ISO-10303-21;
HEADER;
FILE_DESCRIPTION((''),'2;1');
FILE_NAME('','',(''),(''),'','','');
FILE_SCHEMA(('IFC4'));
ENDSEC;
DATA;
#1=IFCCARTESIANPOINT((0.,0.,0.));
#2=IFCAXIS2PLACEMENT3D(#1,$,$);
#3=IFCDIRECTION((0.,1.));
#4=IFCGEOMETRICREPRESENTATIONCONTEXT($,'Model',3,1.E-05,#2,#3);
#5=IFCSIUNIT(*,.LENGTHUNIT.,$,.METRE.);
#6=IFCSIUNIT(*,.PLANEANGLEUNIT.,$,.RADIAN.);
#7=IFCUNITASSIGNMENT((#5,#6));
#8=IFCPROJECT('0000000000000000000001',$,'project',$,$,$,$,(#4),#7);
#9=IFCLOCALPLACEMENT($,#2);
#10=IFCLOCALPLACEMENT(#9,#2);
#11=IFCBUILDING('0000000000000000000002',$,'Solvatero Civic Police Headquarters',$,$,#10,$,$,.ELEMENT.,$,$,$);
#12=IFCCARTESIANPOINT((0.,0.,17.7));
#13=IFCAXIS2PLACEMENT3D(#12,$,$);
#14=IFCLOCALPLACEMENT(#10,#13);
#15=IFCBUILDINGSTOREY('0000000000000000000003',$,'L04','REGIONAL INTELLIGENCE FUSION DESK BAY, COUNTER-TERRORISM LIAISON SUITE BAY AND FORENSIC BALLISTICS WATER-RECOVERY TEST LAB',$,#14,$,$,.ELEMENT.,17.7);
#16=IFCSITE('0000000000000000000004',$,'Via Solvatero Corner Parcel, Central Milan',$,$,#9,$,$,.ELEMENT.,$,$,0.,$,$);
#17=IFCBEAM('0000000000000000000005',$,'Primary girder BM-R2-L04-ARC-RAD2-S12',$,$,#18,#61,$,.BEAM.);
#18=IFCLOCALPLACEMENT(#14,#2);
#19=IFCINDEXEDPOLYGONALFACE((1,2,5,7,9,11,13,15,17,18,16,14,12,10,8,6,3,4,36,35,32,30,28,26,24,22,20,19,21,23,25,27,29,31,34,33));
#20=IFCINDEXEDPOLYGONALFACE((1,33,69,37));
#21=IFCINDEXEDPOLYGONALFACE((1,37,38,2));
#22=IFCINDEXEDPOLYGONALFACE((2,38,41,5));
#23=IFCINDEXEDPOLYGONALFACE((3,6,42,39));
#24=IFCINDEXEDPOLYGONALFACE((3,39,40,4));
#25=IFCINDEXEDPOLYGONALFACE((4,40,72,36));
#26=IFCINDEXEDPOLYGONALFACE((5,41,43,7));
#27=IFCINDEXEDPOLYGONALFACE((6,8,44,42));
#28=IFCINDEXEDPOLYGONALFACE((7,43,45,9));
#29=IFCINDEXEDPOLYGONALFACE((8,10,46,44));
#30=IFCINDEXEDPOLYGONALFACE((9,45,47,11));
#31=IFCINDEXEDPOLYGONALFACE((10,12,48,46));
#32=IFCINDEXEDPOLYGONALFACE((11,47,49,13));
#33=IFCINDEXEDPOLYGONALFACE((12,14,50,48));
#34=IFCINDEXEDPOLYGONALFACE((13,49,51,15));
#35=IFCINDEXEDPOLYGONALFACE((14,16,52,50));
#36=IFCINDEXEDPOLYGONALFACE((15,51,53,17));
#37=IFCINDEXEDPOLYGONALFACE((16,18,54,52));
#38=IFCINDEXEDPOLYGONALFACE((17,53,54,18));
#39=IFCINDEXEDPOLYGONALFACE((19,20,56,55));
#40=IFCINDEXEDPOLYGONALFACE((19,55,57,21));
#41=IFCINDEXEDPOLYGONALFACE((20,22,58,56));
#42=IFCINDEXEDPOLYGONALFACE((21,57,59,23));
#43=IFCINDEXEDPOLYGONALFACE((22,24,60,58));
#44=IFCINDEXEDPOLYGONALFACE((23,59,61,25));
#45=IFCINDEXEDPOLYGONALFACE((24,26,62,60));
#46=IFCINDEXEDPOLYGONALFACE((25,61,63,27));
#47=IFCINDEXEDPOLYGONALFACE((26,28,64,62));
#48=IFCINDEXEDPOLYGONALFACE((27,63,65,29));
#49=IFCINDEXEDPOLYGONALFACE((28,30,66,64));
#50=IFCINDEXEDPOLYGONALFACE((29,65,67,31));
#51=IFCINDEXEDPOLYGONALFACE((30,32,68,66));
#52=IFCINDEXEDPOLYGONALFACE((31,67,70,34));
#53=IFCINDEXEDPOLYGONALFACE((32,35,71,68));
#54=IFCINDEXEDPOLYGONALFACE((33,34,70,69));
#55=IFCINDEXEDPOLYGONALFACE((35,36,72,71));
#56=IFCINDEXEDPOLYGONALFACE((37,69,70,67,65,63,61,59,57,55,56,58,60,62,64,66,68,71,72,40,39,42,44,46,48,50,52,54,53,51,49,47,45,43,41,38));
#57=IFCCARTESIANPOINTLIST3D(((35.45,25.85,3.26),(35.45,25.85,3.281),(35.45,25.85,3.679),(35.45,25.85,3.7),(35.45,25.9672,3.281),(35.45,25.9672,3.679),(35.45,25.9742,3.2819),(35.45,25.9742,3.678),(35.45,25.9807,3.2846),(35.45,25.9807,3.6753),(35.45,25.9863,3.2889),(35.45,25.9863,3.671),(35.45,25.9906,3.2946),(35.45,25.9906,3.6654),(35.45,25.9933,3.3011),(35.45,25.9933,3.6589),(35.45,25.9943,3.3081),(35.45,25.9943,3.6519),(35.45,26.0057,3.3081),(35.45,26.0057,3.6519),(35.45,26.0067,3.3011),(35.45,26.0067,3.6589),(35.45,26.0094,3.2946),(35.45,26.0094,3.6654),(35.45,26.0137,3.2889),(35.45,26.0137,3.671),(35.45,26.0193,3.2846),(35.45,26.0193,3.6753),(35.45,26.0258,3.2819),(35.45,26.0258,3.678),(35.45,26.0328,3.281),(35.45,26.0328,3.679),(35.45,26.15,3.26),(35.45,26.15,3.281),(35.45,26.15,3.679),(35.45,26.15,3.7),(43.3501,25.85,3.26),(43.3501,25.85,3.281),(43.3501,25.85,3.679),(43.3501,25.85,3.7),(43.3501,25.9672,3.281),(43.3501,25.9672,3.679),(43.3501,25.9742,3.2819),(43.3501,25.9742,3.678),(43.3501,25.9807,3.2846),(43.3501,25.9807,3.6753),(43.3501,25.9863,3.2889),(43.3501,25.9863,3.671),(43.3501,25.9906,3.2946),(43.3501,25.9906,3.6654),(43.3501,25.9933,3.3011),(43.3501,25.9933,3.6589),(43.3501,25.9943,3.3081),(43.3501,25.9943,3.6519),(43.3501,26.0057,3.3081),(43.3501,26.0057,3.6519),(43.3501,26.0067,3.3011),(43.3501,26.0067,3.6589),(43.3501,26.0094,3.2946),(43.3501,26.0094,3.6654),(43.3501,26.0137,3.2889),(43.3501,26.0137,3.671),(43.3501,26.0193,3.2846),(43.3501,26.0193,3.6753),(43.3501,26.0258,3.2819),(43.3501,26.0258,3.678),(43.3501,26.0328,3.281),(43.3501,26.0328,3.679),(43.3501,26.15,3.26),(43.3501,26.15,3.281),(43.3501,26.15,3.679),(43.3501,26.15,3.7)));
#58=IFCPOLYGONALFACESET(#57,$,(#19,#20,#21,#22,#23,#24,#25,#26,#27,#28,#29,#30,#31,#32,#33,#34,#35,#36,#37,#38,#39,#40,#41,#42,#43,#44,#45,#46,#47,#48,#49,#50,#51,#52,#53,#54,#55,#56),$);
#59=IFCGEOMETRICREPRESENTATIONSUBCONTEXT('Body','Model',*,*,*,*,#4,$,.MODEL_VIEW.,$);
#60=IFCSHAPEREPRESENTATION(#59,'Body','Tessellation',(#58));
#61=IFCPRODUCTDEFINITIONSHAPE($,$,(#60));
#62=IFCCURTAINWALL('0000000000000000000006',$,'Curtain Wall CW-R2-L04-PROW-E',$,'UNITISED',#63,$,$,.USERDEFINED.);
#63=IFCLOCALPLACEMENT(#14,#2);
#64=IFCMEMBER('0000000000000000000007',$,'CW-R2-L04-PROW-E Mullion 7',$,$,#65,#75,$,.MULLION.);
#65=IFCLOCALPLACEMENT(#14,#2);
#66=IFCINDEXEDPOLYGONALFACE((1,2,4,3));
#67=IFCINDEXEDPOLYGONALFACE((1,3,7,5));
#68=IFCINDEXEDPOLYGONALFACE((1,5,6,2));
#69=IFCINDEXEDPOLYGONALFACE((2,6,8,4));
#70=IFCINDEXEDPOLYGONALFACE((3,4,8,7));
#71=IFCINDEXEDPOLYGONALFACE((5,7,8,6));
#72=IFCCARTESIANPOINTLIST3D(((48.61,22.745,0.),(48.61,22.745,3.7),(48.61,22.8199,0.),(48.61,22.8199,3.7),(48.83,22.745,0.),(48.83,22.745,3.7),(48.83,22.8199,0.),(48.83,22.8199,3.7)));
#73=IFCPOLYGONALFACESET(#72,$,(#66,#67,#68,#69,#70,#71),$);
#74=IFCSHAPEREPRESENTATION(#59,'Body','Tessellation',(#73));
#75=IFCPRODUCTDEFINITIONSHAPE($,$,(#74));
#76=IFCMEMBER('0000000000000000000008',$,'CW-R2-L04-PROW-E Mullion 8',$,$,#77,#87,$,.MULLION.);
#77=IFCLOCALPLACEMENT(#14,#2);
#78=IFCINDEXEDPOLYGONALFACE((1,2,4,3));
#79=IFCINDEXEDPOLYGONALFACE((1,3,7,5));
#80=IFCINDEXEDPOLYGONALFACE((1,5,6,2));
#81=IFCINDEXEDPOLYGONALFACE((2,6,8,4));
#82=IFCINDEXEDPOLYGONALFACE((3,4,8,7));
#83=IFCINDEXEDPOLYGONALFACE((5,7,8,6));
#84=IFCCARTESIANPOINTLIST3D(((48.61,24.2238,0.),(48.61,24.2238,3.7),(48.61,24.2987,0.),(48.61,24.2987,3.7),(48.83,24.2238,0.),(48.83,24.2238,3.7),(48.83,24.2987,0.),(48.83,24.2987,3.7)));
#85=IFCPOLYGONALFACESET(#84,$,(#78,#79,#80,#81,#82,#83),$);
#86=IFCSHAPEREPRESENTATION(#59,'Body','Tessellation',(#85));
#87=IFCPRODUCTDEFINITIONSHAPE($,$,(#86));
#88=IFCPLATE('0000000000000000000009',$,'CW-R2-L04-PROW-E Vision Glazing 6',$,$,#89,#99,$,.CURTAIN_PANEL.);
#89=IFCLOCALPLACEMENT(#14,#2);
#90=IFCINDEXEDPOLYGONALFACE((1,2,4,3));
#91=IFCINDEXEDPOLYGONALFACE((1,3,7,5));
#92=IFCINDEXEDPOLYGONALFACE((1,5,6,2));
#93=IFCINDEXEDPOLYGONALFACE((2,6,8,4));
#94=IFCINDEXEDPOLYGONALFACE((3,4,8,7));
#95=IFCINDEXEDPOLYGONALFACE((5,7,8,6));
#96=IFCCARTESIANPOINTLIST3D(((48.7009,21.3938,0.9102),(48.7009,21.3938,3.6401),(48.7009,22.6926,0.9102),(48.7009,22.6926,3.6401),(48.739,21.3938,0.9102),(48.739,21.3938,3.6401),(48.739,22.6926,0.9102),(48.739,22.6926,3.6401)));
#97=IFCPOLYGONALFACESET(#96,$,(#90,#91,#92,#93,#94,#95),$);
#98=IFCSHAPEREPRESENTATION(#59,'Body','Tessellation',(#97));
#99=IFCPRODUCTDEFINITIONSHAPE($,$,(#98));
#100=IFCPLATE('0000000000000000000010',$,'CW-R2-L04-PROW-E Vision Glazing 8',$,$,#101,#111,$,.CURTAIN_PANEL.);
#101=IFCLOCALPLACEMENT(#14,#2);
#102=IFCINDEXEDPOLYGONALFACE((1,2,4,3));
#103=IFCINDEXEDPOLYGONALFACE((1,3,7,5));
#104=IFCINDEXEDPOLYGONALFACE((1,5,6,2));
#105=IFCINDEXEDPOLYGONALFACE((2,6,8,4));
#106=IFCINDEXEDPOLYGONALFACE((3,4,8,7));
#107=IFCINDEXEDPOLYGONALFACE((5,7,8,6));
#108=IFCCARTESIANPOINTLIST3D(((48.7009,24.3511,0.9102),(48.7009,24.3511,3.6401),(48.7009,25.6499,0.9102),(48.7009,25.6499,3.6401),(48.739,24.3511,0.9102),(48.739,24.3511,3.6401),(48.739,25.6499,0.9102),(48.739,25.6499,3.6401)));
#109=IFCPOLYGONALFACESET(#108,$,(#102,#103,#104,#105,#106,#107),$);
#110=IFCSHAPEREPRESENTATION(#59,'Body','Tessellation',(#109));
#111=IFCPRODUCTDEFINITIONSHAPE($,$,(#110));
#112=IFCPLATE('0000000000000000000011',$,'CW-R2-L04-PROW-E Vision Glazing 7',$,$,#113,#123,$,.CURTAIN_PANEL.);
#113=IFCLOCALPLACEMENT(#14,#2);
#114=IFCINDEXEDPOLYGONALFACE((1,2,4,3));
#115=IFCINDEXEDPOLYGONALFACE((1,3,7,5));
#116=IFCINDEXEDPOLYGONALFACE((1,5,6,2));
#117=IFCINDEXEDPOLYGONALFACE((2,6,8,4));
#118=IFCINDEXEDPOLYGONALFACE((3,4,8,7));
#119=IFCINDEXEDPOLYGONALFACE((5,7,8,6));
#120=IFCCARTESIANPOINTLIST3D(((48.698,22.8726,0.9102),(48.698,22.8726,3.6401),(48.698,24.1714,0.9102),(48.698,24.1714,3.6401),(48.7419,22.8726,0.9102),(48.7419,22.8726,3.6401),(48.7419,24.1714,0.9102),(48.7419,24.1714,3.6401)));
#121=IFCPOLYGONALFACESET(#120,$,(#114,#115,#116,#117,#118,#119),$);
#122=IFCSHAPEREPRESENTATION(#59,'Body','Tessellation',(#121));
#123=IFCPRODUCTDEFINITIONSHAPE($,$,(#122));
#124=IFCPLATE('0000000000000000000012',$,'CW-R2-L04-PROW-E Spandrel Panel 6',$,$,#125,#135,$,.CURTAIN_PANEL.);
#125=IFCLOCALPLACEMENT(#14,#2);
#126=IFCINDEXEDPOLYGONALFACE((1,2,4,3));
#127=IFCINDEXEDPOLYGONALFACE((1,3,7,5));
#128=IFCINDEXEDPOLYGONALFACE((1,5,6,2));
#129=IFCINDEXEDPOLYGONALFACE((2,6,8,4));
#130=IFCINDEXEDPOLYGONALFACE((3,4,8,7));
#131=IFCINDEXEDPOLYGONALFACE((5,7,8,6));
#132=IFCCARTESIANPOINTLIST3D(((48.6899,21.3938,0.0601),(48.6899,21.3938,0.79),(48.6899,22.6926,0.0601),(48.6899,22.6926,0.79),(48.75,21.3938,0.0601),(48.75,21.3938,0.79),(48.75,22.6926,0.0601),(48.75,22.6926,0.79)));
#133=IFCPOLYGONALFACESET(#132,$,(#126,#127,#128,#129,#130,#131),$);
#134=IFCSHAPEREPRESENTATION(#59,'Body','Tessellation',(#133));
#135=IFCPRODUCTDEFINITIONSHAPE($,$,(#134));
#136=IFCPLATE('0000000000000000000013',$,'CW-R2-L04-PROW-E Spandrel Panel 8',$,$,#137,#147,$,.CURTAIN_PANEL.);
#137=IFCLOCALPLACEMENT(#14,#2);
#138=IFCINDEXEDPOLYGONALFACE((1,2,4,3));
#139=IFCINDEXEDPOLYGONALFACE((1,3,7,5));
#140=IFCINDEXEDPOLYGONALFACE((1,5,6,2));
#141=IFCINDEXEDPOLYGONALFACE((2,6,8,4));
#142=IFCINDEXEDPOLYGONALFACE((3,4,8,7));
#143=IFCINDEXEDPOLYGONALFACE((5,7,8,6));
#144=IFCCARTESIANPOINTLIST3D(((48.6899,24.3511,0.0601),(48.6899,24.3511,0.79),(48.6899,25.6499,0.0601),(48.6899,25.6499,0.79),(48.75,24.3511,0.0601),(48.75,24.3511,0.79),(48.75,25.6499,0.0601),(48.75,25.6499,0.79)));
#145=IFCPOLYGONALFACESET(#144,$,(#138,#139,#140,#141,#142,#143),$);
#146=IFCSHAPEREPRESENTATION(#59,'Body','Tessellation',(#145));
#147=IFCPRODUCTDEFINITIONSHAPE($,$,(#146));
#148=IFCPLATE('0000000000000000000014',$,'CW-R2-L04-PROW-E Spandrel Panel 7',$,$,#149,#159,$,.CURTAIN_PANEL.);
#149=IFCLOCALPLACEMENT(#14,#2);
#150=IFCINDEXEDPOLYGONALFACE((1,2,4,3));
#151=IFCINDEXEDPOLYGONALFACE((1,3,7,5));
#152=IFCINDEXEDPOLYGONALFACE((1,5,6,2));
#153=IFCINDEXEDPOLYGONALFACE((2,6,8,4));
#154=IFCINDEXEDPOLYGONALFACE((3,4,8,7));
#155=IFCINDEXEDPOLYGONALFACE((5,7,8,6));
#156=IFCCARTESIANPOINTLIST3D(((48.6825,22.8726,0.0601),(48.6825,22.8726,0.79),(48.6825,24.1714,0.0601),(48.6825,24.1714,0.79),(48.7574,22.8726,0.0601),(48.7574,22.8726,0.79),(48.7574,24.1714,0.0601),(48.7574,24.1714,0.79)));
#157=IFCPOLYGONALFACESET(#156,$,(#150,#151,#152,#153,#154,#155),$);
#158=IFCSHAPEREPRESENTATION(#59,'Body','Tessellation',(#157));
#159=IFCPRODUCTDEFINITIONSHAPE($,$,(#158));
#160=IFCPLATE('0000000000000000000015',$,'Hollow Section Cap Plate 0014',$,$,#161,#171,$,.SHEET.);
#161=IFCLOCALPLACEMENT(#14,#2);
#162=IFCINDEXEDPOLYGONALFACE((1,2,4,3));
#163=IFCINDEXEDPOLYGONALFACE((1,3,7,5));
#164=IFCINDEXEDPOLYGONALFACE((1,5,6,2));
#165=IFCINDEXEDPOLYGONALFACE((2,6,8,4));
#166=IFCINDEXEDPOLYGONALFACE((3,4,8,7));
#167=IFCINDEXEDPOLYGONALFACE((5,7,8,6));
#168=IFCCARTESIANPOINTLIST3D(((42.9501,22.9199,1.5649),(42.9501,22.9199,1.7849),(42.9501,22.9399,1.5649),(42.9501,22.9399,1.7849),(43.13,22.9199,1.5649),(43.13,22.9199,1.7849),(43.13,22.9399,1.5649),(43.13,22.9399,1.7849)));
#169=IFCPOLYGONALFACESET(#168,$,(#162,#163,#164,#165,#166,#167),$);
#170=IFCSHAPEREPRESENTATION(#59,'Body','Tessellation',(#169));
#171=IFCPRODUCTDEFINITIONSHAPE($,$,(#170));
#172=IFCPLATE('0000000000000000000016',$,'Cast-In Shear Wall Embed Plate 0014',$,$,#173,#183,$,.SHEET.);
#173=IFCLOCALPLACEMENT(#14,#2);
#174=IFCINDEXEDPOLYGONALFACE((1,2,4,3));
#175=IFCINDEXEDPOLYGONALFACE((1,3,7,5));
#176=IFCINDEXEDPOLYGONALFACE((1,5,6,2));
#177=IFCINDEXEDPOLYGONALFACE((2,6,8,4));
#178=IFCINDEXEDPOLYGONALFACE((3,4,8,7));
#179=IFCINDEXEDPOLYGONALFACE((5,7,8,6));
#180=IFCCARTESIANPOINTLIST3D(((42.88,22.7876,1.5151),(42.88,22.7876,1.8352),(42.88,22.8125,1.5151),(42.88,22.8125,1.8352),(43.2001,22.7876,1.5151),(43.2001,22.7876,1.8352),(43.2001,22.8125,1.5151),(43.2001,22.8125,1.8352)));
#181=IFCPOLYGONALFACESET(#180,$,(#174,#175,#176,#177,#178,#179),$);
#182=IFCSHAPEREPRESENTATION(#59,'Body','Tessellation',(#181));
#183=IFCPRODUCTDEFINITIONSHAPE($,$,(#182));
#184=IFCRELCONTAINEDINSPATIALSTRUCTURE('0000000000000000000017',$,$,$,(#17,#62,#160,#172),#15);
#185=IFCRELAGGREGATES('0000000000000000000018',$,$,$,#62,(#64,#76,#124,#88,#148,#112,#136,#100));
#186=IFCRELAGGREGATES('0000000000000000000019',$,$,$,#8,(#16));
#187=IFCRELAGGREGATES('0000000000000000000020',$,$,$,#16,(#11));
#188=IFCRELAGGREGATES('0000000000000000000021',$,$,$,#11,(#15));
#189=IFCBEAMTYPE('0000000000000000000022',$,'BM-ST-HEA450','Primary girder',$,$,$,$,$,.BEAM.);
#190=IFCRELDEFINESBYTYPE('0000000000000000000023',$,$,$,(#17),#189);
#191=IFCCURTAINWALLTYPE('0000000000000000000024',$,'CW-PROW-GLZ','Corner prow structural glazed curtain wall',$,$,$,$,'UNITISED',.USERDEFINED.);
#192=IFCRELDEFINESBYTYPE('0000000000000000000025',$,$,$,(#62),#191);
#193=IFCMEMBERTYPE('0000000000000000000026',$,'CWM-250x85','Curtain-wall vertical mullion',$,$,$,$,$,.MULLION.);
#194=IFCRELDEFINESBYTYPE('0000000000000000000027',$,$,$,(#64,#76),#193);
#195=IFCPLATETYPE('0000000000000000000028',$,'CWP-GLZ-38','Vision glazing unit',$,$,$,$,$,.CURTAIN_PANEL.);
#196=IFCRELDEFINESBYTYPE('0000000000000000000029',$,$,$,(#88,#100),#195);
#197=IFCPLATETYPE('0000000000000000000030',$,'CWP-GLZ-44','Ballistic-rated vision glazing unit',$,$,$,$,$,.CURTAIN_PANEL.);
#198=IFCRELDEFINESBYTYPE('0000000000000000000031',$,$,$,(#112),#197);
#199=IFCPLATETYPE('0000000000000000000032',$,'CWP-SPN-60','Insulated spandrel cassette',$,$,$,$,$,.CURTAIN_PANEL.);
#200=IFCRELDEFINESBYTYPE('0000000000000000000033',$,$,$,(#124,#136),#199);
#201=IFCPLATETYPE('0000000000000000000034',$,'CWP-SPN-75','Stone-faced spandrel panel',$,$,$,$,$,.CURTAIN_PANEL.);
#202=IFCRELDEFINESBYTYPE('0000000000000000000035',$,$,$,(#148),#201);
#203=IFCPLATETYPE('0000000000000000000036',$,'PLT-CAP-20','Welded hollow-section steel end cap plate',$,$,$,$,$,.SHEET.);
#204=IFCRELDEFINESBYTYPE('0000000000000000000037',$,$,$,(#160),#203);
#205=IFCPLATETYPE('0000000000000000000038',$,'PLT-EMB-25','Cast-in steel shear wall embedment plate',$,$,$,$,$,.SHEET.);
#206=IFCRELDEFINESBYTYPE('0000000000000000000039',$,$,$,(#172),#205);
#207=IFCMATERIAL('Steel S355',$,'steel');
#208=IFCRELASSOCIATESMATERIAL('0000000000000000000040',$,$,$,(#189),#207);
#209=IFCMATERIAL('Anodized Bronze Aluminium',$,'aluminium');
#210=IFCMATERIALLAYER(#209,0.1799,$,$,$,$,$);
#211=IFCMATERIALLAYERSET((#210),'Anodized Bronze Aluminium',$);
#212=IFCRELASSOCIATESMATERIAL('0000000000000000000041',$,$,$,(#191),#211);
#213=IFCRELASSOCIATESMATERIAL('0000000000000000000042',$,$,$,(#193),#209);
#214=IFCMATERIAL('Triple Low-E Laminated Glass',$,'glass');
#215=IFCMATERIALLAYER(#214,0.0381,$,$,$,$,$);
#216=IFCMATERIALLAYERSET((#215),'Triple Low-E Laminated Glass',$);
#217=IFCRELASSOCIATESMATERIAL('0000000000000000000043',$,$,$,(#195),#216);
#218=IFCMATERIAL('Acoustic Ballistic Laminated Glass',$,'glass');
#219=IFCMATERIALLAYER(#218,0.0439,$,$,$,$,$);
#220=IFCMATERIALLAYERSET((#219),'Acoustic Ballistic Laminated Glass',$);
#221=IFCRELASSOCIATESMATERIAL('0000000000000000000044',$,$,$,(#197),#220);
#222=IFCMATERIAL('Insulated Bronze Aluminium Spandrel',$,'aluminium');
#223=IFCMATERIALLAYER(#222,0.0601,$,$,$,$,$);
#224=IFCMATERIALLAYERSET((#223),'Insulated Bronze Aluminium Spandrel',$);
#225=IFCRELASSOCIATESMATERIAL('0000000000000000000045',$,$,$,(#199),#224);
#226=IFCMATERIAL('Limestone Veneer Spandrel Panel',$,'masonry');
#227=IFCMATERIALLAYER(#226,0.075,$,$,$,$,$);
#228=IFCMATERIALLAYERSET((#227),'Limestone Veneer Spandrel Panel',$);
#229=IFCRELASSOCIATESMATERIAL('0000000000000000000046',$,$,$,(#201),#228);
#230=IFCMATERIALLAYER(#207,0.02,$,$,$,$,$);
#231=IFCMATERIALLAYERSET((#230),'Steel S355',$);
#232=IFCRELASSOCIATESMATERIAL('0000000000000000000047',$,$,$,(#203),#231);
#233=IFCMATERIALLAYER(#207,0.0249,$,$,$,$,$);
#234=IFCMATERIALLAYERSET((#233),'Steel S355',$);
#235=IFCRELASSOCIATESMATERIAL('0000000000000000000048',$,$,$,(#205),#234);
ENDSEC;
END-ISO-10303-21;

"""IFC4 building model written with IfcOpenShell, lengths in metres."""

from ifc_helpers import new_model, si_unit, direction, frame, origin, origin_2d, place, context, subcontext, project, spatial, rectangle, i_section, extrude, material, layer, layer_set, material_profile, profile_set, type_object, element, aggregate, save


model = new_model("IFC4")

# Units and contexts
model_context = context("Model", 3, precision=1e-05, world=origin(), true_north=direction((0.0, 1.0)))
body_context = subcontext(model_context, "Body", "Model", "MODEL_VIEW")
ifc_project = project(units=[si_unit("LENGTHUNIT", "METRE"), si_unit("PLANEANGLEUNIT", "RADIAN")], contexts=[model_context])

# Site, building, storey
site_placement = place(None, origin())
site = spatial("IfcSite", under=ifc_project, at=site_placement, Name="Via Solvatero Corner Parcel, Central Milan", CompositionType="ELEMENT", RefElevation=0.0)
building_placement = place(site_placement, origin())
building = spatial("IfcBuilding", under=site, at=building_placement, Name="Solvatero Civic Police Headquarters", CompositionType="ELEMENT")
storey_placement = place(building_placement, frame((0.0, 0.0, 17.7)))
storey = spatial("IfcBuildingStorey", under=building, at=storey_placement, Name="L04", Description="REGIONAL INTELLIGENCE FUSION DESK BAY, COUNTER-TERRORISM LIAISON SUITE BAY AND FORENSIC BALLISTICS WATER-RECOVERY TEST LAB", CompositionType="ELEMENT", Elevation=17.7)

# Shared definitions
ifc_material_1 = material(Name="Steel S355", Category="steel")

# Beam
ifc_material_profile_1 = material_profile(ifc_material_1, i_section(OverallWidth=0.3, OverallDepth=0.4399, WebThickness=0.0115, FlangeThickness=0.021, FilletRadius=0.0271, at=origin_2d()), Name="HEA 450")
ifc_profile_set_1 = profile_set([ifc_material_profile_1], Name="Steel S355")
beam_type_1 = type_object("IfcBeamType", Name="BM-ST-HEA450", Description="Primary girder", PredefinedType="BEAM", material=ifc_profile_set_1)
beam_1_placement = place(storey_placement, frame((43.3501, 26.0, 3.48), z_axis=(-1.0, 0.0, 0.0), x_axis=(0.0, -1.0, 0.0)))
element("IfcBeam", 1, at=beam_1_placement, inside=storey, type_object=beam_type_1, Name="Primary girder BM-R2-L04-ARC-RAD2-S12", PredefinedType="BEAM", context=body_context, shape_type="SweptSolid", body=[
    extrude(i_section(OverallWidth=0.3, OverallDepth=0.4399, WebThickness=0.0115, FlangeThickness=0.021, FilletRadius=0.0271, at=origin_2d()), origin(), (0.0, 0.0, 1.0), 7.9001),
])

# Curtain wall, members, plates
ifc_material_2 = material(Name="Anodized Bronze Aluminium", Category="aluminium")
ifc_layer_1 = layer(ifc_material_2, 0.1799)
ifc_layer_set_1 = layer_set([ifc_layer_1], Name="Anodized Bronze Aluminium")
curtain_wall_type = type_object("IfcCurtainWallType", Name="CW-PROW-GLZ", Description="Corner prow structural glazed curtain wall", ElementType="UNITISED", PredefinedType="USERDEFINED", material=ifc_layer_set_1)
curtain_wall_placement = place(storey_placement, origin())
curtain_wall = element("IfcCurtainWall", 2, at=curtain_wall_placement, inside=storey, type_object=curtain_wall_type, Name="Curtain Wall CW-R2-L04-PROW-E", ObjectType="UNITISED", PredefinedType="USERDEFINED")
ifc_material_profile_2 = material_profile(ifc_material_2, rectangle(XDim=0.075, YDim=0.22, at=origin_2d()), Name="ALU MULLION 75x220")
ifc_profile_set_2 = profile_set([ifc_material_profile_2], Name="Anodized Bronze Aluminium")
member_type = type_object("IfcMemberType", Name="CWM-250x85", Description="Curtain-wall vertical mullion", PredefinedType="MULLION", material=ifc_profile_set_2)
member_1_placement = place(storey_placement, frame((48.72, 22.7825, 0.0), z_axis=(0.0, 0.0, 1.0), x_axis=(0.0, 1.0, 0.0)))
member_1 = element("IfcMember", 3, at=member_1_placement, type_object=member_type, Name="CW-R2-L04-PROW-E Mullion 7", PredefinedType="MULLION", context=body_context, shape_type="SweptSolid", body=[
    extrude(rectangle(XDim=0.075, YDim=0.22, at=origin_2d()), origin(), (0.0, 0.0, 1.0), 3.7),
])
member_2_placement = place(storey_placement, frame((48.72, 24.2612, 0.0), z_axis=(0.0, 0.0, 1.0), x_axis=(0.0, 1.0, 0.0)))
member_2 = element("IfcMember", 4, at=member_2_placement, type_object=member_type, Name="CW-R2-L04-PROW-E Mullion 8", PredefinedType="MULLION", context=body_context, shape_type="SweptSolid", body=[
    extrude(rectangle(XDim=0.075, YDim=0.22, at=origin_2d()), origin(), (0.0, 0.0, 1.0), 3.7),
])
ifc_material_3 = material(Name="Triple Low-E Laminated Glass", Category="glass")
ifc_layer_2 = layer(ifc_material_3, 0.0381)
ifc_layer_set_2 = layer_set([ifc_layer_2], Name="Triple Low-E Laminated Glass")
plate_type_1 = type_object("IfcPlateType", Name="CWP-GLZ-38", Description="Vision glazing unit", PredefinedType="CURTAIN_PANEL", material=ifc_layer_set_2)
plate_1_placement = place(storey_placement, frame((48.72, 22.0432, 0.9102), z_axis=(0.0, 0.0, 1.0), x_axis=(0.0, 1.0, 0.0)))
plate_1 = element("IfcPlate", 5, at=plate_1_placement, type_object=plate_type_1, Name="CW-R2-L04-PROW-E Vision Glazing 6", PredefinedType="CURTAIN_PANEL", context=body_context, shape_type="SweptSolid", body=[
    extrude(rectangle(XDim=1.2988, YDim=0.0381, at=origin_2d()), origin(), (0.0, 0.0, 1.0), 2.73),
])
plate_2_placement = place(storey_placement, frame((48.72, 25.0005, 0.9102), z_axis=(0.0, 0.0, 1.0), x_axis=(0.0, 1.0, 0.0)))
plate_2 = element("IfcPlate", 6, at=plate_2_placement, type_object=plate_type_1, Name="CW-R2-L04-PROW-E Vision Glazing 8", PredefinedType="CURTAIN_PANEL", context=body_context, shape_type="SweptSolid", body=[
    extrude(rectangle(XDim=1.2988, YDim=0.0381, at=origin_2d()), origin(), (0.0, 0.0, 1.0), 2.73),
])
ifc_material_4 = material(Name="Acoustic Ballistic Laminated Glass", Category="glass")
ifc_layer_3 = layer(ifc_material_4, 0.0439)
ifc_layer_set_3 = layer_set([ifc_layer_3], Name="Acoustic Ballistic Laminated Glass")
plate_type_2 = type_object("IfcPlateType", Name="CWP-GLZ-44", Description="Ballistic-rated vision glazing unit", PredefinedType="CURTAIN_PANEL", material=ifc_layer_set_3)
plate_3_placement = place(storey_placement, frame((48.72, 23.522, 0.9102), z_axis=(0.0, 0.0, 1.0), x_axis=(0.0, 1.0, 0.0)))
plate_3 = element("IfcPlate", 7, at=plate_3_placement, type_object=plate_type_2, Name="CW-R2-L04-PROW-E Vision Glazing 7", PredefinedType="CURTAIN_PANEL", context=body_context, shape_type="SweptSolid", body=[
    extrude(rectangle(XDim=1.2988, YDim=0.0439, at=origin_2d()), origin(), (0.0, 0.0, 1.0), 2.73),
])
ifc_material_5 = material(Name="Insulated Bronze Aluminium Spandrel", Category="aluminium")
ifc_layer_4 = layer(ifc_material_5, 0.0601)
ifc_layer_set_4 = layer_set([ifc_layer_4], Name="Insulated Bronze Aluminium Spandrel")
plate_type_3 = type_object("IfcPlateType", Name="CWP-SPN-60", Description="Insulated spandrel cassette", PredefinedType="CURTAIN_PANEL", material=ifc_layer_set_4)
plate_4_placement = place(storey_placement, frame((48.72, 22.0432, 0.0601), z_axis=(0.0, 0.0, 1.0), x_axis=(0.0, 1.0, 0.0)))
plate_4 = element("IfcPlate", 8, at=plate_4_placement, type_object=plate_type_3, Name="CW-R2-L04-PROW-E Spandrel Panel 6", PredefinedType="CURTAIN_PANEL", context=body_context, shape_type="SweptSolid", body=[
    extrude(rectangle(XDim=1.2988, YDim=0.0601, at=origin_2d()), origin(), (0.0, 0.0, 1.0), 0.73),
])
plate_5_placement = place(storey_placement, frame((48.72, 25.0005, 0.0601), z_axis=(0.0, 0.0, 1.0), x_axis=(0.0, 1.0, 0.0)))
plate_5 = element("IfcPlate", 9, at=plate_5_placement, type_object=plate_type_3, Name="CW-R2-L04-PROW-E Spandrel Panel 8", PredefinedType="CURTAIN_PANEL", context=body_context, shape_type="SweptSolid", body=[
    extrude(rectangle(XDim=1.2988, YDim=0.0601, at=origin_2d()), origin(), (0.0, 0.0, 1.0), 0.73),
])
ifc_material_6 = material(Name="Limestone Veneer Spandrel Panel", Category="masonry")
ifc_layer_5 = layer(ifc_material_6, 0.075)
ifc_layer_set_5 = layer_set([ifc_layer_5], Name="Limestone Veneer Spandrel Panel")
plate_type_4 = type_object("IfcPlateType", Name="CWP-SPN-75", Description="Stone-faced spandrel panel", PredefinedType="CURTAIN_PANEL", material=ifc_layer_set_5)
plate_6_placement = place(storey_placement, frame((48.72, 23.522, 0.0601), z_axis=(0.0, 0.0, 1.0), x_axis=(0.0, 1.0, 0.0)))
plate_6 = element("IfcPlate", 10, at=plate_6_placement, type_object=plate_type_4, Name="CW-R2-L04-PROW-E Spandrel Panel 7", PredefinedType="CURTAIN_PANEL", context=body_context, shape_type="SweptSolid", body=[
    extrude(rectangle(XDim=1.2988, YDim=0.075, at=origin_2d()), origin(), (0.0, 0.0, 1.0), 0.73),
])
aggregate(curtain_wall, [member_1, member_2, plate_4, plate_1, plate_6, plate_3, plate_5, plate_2])

# Plates
ifc_layer_6 = layer(ifc_material_1, 0.02)
ifc_layer_set_6 = layer_set([ifc_layer_6], Name="Steel S355")
plate_type_5 = type_object("IfcPlateType", Name="PLT-CAP-20", Description="Welded hollow-section steel end cap plate", PredefinedType="SHEET", material=ifc_layer_set_6)
plate_7_placement = place(storey_placement, frame((43.04, 22.9299, 1.5649), z_axis=(0.0, 0.0, 1.0), x_axis=(1.0, 0.0, 0.0)))
element("IfcPlate", 11, at=plate_7_placement, inside=storey, type_object=plate_type_5, Name="Hollow Section Cap Plate 0014", PredefinedType="SHEET", context=body_context, shape_type="SweptSolid", body=[
    extrude(rectangle(XDim=0.1799, YDim=0.02, at=origin_2d()), origin(), (0.0, 0.0, 1.0), 0.22),
])
ifc_layer_7 = layer(ifc_material_1, 0.0249)
ifc_layer_set_7 = layer_set([ifc_layer_7], Name="Steel S355")
plate_type_6 = type_object("IfcPlateType", Name="PLT-EMB-25", Description="Cast-in steel shear wall embedment plate", PredefinedType="SHEET", material=ifc_layer_set_7)
plate_8_placement = place(storey_placement, frame((43.04, 22.8, 1.5151), z_axis=(0.0, 0.0, 1.0), x_axis=(1.0, 0.0, 0.0)))
element("IfcPlate", 12, at=plate_8_placement, inside=storey, type_object=plate_type_6, Name="Cast-In Shear Wall Embed Plate 0014", PredefinedType="SHEET", context=body_context, shape_type="SweptSolid", body=[
    extrude(rectangle(XDim=0.3201, YDim=0.0249, at=origin_2d()), origin(), (0.0, 0.0, 1.0), 0.3201),
])

save(model, "model.ifc")
